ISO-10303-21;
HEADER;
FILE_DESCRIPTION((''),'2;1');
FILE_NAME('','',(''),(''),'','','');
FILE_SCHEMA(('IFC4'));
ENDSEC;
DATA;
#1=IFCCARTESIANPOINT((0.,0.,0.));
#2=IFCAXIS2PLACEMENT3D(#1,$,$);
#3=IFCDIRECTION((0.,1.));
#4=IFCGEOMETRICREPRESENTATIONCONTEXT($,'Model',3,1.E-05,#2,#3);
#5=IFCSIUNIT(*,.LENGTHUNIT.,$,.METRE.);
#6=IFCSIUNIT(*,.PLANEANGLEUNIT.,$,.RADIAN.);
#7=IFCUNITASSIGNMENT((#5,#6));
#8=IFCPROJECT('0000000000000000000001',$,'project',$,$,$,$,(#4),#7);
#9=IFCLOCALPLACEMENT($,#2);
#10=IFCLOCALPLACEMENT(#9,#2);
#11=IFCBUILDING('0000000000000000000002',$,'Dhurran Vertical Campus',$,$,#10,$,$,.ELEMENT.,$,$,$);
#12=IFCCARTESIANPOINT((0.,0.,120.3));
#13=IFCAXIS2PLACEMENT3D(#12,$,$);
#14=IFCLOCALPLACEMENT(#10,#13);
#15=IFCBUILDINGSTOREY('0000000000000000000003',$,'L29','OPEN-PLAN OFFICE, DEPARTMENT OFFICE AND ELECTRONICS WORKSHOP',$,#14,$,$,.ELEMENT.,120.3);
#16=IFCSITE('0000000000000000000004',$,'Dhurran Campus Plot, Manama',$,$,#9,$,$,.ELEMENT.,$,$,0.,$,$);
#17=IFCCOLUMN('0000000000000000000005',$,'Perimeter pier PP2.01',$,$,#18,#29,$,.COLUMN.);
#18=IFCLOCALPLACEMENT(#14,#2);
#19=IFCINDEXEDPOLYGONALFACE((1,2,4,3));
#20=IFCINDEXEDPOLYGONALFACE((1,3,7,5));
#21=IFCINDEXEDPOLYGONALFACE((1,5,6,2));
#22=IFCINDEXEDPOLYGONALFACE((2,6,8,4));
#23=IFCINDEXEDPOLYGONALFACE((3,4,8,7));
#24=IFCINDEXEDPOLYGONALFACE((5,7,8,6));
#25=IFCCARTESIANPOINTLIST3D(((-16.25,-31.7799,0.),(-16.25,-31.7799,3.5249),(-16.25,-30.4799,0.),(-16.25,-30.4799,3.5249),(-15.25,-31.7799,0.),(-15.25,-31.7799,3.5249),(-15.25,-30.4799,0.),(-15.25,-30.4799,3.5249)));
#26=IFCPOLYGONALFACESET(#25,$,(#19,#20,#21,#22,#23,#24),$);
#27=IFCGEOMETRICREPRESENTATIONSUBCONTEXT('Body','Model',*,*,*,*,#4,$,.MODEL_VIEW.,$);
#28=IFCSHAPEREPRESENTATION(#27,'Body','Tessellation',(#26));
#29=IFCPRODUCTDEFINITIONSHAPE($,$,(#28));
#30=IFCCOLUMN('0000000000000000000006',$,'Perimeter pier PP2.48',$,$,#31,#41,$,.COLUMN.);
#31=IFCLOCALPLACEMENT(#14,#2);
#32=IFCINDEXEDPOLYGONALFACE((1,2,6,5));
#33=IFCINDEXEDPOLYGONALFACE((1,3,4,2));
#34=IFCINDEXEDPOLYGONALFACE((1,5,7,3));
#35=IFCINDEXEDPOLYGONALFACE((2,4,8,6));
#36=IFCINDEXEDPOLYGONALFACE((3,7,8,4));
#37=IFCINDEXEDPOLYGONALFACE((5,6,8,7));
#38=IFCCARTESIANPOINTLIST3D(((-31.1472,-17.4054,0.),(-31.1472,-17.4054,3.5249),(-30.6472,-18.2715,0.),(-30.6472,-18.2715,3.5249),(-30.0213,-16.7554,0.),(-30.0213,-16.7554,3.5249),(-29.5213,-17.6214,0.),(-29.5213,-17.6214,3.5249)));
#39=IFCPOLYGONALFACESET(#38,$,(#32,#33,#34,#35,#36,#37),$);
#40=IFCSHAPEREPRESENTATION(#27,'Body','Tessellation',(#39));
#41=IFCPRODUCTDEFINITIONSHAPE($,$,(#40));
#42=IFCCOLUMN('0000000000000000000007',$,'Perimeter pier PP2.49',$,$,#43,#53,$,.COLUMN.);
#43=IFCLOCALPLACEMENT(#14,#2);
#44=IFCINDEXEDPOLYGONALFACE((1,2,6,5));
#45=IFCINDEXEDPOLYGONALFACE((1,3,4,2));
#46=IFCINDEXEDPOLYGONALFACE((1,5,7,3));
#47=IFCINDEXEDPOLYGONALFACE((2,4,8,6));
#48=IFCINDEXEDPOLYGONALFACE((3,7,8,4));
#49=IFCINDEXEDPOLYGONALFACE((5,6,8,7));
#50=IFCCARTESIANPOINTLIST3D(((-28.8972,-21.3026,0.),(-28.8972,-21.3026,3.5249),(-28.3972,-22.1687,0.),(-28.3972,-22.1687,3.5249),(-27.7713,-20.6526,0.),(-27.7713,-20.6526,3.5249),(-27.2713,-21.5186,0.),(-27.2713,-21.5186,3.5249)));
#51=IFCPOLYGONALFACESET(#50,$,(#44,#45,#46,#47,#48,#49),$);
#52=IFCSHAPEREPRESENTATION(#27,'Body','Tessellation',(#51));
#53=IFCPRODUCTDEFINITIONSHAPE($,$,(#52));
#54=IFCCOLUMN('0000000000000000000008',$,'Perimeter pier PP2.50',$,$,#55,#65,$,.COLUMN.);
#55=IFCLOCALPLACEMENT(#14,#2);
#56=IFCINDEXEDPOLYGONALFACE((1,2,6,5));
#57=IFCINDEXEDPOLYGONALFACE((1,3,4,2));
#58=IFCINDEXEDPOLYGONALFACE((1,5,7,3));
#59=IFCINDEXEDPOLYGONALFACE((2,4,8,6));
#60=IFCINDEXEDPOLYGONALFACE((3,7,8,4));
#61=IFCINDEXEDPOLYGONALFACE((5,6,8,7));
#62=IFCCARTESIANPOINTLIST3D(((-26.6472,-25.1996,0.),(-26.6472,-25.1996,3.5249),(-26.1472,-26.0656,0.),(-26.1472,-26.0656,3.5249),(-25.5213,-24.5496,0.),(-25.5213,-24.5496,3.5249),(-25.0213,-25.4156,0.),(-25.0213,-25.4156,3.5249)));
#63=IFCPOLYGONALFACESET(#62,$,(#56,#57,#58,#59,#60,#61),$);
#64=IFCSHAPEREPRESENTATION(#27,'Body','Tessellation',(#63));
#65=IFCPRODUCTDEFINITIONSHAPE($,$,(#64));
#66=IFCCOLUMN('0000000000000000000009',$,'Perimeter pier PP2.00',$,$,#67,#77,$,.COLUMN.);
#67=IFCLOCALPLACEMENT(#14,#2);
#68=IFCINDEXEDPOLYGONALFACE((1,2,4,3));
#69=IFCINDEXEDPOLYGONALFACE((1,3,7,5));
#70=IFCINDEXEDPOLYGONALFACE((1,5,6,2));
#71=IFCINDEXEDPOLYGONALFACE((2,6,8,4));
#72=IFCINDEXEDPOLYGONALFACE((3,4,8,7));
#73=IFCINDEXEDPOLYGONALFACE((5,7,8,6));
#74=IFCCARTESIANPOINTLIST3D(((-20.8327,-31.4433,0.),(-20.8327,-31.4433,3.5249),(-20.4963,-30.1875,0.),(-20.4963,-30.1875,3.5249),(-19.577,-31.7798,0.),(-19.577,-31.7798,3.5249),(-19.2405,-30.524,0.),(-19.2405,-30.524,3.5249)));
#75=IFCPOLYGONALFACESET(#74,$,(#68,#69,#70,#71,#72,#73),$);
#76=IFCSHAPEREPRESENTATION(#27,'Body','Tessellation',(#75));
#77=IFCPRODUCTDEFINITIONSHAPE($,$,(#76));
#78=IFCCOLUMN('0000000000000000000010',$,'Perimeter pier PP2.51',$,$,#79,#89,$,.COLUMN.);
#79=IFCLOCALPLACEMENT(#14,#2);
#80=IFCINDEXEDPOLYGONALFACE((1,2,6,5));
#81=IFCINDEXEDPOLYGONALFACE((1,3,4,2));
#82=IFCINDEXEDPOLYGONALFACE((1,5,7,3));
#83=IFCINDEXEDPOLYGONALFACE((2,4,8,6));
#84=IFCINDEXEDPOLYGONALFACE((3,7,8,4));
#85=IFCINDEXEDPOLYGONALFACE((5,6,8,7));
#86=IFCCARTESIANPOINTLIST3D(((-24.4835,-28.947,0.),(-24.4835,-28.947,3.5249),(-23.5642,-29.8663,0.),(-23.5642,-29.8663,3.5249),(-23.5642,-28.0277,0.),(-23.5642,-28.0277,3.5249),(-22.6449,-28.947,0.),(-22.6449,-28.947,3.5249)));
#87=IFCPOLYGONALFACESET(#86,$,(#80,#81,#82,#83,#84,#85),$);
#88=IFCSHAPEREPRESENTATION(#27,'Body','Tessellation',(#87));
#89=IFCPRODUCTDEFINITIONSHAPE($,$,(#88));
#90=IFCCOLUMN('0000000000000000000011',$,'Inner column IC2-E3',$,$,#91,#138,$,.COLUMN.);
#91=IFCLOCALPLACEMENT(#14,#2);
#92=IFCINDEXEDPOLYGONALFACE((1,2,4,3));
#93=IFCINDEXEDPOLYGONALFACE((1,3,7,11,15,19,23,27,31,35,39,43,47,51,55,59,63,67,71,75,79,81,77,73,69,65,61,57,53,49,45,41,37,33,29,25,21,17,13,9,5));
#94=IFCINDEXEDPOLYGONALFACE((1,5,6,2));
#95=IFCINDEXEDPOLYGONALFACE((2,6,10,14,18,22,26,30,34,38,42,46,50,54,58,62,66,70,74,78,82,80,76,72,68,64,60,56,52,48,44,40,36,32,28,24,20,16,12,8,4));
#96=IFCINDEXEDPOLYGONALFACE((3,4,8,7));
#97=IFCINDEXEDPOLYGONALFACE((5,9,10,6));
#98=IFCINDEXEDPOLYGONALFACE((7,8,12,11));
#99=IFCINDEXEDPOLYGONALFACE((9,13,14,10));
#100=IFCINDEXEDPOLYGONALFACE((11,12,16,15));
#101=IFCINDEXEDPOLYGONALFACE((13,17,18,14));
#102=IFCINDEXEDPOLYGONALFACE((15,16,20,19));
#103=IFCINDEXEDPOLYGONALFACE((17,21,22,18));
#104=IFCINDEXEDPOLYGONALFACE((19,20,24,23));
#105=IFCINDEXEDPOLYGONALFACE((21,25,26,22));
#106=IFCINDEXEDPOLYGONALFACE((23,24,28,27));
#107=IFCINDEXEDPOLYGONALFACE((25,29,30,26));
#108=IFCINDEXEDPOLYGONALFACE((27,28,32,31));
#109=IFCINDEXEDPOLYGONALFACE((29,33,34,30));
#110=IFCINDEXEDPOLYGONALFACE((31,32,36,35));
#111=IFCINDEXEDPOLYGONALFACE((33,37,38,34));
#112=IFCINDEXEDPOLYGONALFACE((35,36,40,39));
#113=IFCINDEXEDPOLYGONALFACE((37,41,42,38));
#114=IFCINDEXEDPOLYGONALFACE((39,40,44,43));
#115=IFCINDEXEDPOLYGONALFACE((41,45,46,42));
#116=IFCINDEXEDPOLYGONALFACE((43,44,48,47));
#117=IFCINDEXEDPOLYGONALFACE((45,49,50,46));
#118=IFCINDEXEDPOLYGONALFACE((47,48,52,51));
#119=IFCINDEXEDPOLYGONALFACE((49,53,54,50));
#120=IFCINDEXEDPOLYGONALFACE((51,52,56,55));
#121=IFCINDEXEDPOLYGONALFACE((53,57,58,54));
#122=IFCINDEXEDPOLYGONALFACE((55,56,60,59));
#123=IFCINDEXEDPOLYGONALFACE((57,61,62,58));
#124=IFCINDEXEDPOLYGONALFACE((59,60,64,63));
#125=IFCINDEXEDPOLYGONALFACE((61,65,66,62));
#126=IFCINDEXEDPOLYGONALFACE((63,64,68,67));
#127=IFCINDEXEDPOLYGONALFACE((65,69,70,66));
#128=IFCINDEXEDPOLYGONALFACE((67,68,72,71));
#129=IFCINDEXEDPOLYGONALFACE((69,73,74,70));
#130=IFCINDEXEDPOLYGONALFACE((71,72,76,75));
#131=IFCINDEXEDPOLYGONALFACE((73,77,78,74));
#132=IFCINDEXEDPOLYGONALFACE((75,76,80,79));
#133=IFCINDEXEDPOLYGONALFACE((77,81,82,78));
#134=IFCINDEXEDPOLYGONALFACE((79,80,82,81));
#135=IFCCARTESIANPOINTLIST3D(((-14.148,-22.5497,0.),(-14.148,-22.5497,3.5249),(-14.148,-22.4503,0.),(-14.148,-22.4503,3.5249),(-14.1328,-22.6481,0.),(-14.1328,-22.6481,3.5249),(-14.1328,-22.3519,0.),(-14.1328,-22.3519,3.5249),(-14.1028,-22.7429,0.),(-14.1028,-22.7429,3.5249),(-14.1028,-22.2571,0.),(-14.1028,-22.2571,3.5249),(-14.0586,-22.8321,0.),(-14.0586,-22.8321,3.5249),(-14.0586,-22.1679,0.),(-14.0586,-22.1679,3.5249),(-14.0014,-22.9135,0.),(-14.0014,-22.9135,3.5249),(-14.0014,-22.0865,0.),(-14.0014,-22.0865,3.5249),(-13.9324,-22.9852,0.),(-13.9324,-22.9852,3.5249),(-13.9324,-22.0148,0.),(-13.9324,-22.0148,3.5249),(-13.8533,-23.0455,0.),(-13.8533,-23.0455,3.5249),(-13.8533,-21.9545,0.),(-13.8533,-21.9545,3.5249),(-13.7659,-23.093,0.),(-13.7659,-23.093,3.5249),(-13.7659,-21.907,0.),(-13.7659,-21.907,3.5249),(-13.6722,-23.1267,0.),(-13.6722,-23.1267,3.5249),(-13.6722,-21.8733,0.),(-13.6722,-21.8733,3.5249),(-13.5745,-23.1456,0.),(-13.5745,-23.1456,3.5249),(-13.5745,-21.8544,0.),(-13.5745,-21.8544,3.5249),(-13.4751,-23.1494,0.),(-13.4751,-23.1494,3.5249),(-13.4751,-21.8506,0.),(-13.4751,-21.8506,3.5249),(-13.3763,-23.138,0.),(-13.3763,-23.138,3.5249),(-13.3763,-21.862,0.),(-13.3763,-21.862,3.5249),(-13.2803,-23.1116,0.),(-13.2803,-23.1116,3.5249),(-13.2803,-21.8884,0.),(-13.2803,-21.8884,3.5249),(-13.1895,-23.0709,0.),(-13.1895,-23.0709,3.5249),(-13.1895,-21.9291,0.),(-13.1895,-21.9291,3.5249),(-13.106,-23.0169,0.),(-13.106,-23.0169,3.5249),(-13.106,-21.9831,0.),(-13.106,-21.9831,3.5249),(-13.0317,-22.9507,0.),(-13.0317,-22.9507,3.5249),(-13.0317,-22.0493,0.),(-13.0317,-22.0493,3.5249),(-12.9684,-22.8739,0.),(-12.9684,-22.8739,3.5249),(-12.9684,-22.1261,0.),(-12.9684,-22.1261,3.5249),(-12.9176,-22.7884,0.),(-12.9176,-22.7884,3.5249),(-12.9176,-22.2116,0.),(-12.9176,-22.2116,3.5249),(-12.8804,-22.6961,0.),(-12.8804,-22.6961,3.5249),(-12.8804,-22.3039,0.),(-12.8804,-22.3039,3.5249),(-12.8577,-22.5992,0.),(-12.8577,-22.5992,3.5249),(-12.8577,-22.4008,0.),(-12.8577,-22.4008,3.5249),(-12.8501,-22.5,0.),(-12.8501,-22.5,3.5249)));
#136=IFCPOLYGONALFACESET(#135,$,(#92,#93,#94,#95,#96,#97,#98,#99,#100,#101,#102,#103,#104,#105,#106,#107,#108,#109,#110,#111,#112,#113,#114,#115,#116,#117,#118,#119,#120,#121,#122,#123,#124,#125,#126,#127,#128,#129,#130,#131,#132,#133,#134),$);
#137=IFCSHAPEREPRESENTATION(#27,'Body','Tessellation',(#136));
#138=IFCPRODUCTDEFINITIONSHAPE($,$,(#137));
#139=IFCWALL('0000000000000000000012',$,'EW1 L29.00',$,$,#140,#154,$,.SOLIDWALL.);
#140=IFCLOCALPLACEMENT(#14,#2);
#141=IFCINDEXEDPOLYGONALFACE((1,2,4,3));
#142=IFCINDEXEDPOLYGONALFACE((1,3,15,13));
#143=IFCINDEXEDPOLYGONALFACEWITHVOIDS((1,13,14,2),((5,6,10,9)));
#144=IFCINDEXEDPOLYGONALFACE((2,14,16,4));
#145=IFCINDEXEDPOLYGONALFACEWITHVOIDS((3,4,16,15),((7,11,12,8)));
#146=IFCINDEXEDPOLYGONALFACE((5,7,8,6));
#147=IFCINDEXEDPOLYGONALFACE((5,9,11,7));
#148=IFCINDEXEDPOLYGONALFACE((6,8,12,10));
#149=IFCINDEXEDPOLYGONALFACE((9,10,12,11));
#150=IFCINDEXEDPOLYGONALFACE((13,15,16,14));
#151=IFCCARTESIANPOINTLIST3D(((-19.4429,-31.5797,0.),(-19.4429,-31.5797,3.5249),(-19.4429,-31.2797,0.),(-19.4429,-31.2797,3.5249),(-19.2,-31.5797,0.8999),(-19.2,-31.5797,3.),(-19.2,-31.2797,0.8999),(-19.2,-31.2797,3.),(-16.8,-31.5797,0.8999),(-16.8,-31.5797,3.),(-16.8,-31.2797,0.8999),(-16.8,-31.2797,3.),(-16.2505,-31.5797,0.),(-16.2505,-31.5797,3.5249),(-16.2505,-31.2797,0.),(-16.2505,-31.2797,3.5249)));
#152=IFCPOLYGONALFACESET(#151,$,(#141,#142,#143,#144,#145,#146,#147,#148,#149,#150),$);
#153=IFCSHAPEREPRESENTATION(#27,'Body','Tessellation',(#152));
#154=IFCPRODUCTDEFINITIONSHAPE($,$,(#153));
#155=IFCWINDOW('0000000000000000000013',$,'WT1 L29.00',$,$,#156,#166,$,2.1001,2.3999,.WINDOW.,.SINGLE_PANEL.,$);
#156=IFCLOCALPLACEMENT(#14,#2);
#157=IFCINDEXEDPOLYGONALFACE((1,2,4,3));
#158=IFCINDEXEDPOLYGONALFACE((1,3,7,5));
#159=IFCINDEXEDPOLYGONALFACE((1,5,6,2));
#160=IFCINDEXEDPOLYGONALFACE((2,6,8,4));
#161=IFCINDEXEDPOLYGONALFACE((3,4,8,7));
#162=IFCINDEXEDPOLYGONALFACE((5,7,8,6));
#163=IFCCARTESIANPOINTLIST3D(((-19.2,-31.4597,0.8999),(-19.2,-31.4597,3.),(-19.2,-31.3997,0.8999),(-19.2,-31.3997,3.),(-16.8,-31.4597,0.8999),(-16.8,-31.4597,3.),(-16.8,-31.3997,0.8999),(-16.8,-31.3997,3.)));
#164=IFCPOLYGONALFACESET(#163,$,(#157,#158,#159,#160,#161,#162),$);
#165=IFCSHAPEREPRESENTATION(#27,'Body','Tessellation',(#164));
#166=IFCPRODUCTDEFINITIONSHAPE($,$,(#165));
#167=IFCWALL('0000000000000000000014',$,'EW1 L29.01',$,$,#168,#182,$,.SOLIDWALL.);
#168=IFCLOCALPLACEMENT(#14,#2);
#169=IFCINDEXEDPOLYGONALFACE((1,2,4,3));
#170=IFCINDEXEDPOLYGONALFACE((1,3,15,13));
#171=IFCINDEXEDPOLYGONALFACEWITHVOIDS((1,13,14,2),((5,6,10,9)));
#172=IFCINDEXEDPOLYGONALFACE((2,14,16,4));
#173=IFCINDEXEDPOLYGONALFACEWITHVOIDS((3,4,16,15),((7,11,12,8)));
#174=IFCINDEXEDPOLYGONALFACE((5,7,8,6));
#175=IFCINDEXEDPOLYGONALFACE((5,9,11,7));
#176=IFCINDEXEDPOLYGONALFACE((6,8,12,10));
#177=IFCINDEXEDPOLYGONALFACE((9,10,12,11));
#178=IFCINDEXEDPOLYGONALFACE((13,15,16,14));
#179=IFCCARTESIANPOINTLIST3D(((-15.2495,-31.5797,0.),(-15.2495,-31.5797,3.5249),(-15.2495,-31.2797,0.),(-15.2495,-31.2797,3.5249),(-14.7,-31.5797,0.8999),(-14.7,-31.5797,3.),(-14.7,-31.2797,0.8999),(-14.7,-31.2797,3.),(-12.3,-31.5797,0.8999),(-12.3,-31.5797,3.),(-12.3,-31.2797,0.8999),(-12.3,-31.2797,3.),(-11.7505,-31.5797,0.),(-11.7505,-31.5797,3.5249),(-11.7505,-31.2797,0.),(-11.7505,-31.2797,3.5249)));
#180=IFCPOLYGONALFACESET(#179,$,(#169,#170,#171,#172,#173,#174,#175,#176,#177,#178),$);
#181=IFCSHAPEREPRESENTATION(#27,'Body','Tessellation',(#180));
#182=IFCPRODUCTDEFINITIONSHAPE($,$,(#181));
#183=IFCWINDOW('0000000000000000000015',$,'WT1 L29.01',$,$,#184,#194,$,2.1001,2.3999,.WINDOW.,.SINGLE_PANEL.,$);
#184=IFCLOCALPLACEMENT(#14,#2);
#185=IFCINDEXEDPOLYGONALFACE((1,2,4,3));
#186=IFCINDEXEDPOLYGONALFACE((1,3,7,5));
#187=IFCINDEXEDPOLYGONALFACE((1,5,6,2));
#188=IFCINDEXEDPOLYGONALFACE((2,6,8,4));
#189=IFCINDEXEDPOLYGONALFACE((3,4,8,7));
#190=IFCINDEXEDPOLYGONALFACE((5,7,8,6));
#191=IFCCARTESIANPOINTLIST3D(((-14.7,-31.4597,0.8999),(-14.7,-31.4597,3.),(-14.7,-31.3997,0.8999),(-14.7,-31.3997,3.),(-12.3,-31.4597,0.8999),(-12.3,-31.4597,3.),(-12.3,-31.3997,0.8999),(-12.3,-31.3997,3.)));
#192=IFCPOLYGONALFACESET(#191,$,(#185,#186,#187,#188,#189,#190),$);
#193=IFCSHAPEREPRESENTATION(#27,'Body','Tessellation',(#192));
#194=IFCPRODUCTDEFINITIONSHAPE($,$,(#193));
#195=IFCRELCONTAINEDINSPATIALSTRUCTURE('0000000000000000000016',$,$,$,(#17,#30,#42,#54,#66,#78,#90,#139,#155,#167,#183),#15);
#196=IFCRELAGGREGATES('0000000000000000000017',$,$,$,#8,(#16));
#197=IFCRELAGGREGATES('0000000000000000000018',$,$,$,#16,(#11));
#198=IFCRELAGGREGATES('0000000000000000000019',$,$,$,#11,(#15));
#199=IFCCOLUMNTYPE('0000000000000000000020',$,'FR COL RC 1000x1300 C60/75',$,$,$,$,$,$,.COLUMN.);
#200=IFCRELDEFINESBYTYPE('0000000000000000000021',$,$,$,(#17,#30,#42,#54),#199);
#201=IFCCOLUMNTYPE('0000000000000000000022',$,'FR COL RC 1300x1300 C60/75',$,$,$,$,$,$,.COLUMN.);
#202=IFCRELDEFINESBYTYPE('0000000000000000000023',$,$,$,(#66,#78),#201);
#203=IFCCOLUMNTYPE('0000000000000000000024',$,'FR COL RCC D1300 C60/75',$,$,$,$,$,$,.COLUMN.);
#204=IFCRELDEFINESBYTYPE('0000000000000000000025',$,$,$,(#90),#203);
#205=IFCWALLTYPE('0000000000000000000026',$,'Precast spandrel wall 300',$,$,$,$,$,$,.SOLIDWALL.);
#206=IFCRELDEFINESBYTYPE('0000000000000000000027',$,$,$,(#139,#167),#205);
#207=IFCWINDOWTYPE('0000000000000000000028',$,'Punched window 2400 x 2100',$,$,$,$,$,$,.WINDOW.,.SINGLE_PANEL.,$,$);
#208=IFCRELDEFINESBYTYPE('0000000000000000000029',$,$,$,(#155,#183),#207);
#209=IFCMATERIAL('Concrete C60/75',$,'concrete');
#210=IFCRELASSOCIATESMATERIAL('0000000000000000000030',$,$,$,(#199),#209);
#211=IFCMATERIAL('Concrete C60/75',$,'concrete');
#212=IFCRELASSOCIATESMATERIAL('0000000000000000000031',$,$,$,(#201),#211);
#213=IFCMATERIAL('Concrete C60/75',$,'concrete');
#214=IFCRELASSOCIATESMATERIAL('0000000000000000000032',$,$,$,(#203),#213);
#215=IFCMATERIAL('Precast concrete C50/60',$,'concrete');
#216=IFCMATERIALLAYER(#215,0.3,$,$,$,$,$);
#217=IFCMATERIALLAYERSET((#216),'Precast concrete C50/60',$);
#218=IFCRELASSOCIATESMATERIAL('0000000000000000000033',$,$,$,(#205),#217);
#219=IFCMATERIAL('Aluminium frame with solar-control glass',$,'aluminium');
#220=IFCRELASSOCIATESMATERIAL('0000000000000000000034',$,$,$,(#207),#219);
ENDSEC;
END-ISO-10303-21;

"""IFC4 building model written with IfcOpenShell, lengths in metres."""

from ifc_helpers import new_model, si_unit, direction, frame, frame_2d, origin, origin_2d, place, context, subcontext, project, spatial, rectangle, circle, extrude, material, layer, layer_set, material_profile, profile_set, type_object, element, fill, save


model = new_model("IFC4")

# Units and contexts
model_context = context("Model", 3, precision=1e-05, world=origin(), true_north=direction((0.0, 1.0)))
body_context = subcontext(model_context, "Body", "Model", "MODEL_VIEW")
ifc_project = project(units=[si_unit("LENGTHUNIT", "METRE"), si_unit("PLANEANGLEUNIT", "RADIAN")], contexts=[model_context])

# Site, building, storey
site_placement = place(None, origin())
site = spatial("IfcSite", under=ifc_project, at=site_placement, Name="Dhurran Campus Plot, Manama", CompositionType="ELEMENT", RefElevation=0.0)
building_placement = place(site_placement, origin())
building = spatial("IfcBuilding", under=site, at=building_placement, Name="Dhurran Vertical Campus", CompositionType="ELEMENT")
storey_placement = place(building_placement, frame((0.0, 0.0, 120.3)))
storey = spatial("IfcBuildingStorey", under=building, at=storey_placement, Name="L29", Description="OPEN-PLAN OFFICE, DEPARTMENT OFFICE AND ELECTRONICS WORKSHOP", CompositionType="ELEMENT", Elevation=120.3)

# Columns
ifc_material_1 = material(Name="Concrete C60/75", Category="concrete")
ifc_material_profile_1 = material_profile(ifc_material_1, rectangle(XDim=1.0, YDim=1.3, at=origin_2d()), Name="RC 1000x1300")
ifc_profile_set_1 = profile_set([ifc_material_profile_1], Name="Concrete C60/75")
column_type_1 = type_object("IfcColumnType", Name="FR COL RC 1000x1300 C60/75", PredefinedType="COLUMN", material=ifc_profile_set_1)
for number, where, z_axis, x_axis, name in (
    (1, (-15.75, -31.1299, 0.0), (0.0, 0.0, 1.0), (1.0, 0.0, 0.0), "Perimeter pier PP2.01"),
    (2, (-30.3342, -17.5134, 0.0), (0.0, 0.0, 1.0), (0.5, -0.866025, 0.0), "Perimeter pier PP2.48"),
    (3, (-28.0842, -21.4106, 0.0), (0.0, 0.0, 1.0), (0.5, -0.866025, 0.0), "Perimeter pier PP2.49"),
    (4, (-25.8342, -25.3076, 0.0), (0.0, 0.0, 1.0), (0.5, -0.866025, 0.0), "Perimeter pier PP2.50"),
):
    element("IfcColumn", number, at=place(storey_placement, frame(where, z_axis=z_axis, x_axis=x_axis)), inside=storey, type_object=column_type_1, Name=name, PredefinedType="COLUMN", context=body_context, shape_type="SweptSolid", body=[
        extrude(rectangle(XDim=1.0, YDim=1.3, at=origin_2d()), origin(), (0.0, 0.0, 1.0), 3.5249),
    ])
ifc_material_2 = material(Name="Concrete C60/75", Category="concrete")
ifc_material_profile_2 = material_profile(ifc_material_2, rectangle(XDim=1.3, YDim=1.3, at=origin_2d()), Name="RC 1300x1300")
ifc_profile_set_2 = profile_set([ifc_material_profile_2], Name="Concrete C60/75")
column_type_2 = type_object("IfcColumnType", Name="FR COL RC 1300x1300 C60/75", PredefinedType="COLUMN", material=ifc_profile_set_2)
for number, where, z_axis, x_axis, name in (
    (5, (-20.0366, -30.9836, 0.0), (0.0, 0.0, 1.0), (0.965926, -0.258819, 0.0), "Perimeter pier PP2.00"),
    (6, (-23.5642, -28.947, 0.0), (0.0, 0.0, 1.0), (0.707107, -0.707107, 0.0), "Perimeter pier PP2.51"),
):
    element("IfcColumn", number, at=place(storey_placement, frame(where, z_axis=z_axis, x_axis=x_axis)), inside=storey, type_object=column_type_2, Name=name, PredefinedType="COLUMN", context=body_context, shape_type="SweptSolid", body=[
        extrude(rectangle(XDim=1.3, YDim=1.3, at=origin_2d()), origin(), (0.0, 0.0, 1.0), 3.5249),
    ])
ifc_material_3 = material(Name="Concrete C60/75", Category="concrete")
ifc_material_profile_3 = material_profile(ifc_material_3, circle(Radius=0.6499, at=origin_2d()), Name="RCC D1300")
ifc_profile_set_3 = profile_set([ifc_material_profile_3], Name="Concrete C60/75")
column_type_3 = type_object("IfcColumnType", Name="FR COL RCC D1300 C60/75", PredefinedType="COLUMN", material=ifc_profile_set_3)
column_placement = place(storey_placement, frame((-13.5, -22.5, 0.0), z_axis=(0.0, 0.0, 1.0), x_axis=(1.0, 0.0, 0.0)))
element("IfcColumn", 7, at=column_placement, inside=storey, type_object=column_type_3, Name="Inner column IC2-E3", PredefinedType="COLUMN", context=body_context, shape_type="SweptSolid", body=[
    extrude(circle(Radius=0.6499, at=origin_2d()), origin(), (0.0, 0.0, 1.0), 3.5249),
])

# Walls, openings, windows
ifc_material_4 = material(Name="Precast concrete C50/60", Category="concrete")
ifc_layer_1 = layer(ifc_material_4, 0.3)
ifc_layer_set_1 = layer_set([ifc_layer_1], Name="Precast concrete C50/60")
wall_type_1 = type_object("IfcWallType", Name="Precast spandrel wall 300", PredefinedType="SOLIDWALL", material=ifc_layer_set_1)
wall_1_placement = place(storey_placement, frame((-19.4429, -31.4297, 0.0), z_axis=(0.0, 0.0, 1.0), x_axis=(1.0, 0.0, 0.0)))
wall_1 = element("IfcWall", 8, at=wall_1_placement, inside=storey, type_object=wall_type_1, Name="EW1 L29.00", PredefinedType="SOLIDWALL", context=body_context, shape_type="SweptSolid", body=[
    extrude(rectangle(XDim=3.1924, YDim=0.3, at=frame_2d((1.5962, 0.0))), origin(), (0.0, 0.0, 1.0), 3.5249),
])
opening_1_placement = place(wall_1_placement, frame((0.2429, 0.0, 0.8999)))
opening_1 = element("IfcOpeningElement", 9, at=opening_1_placement, cuts=wall_1, PredefinedType="OPENING", context=body_context, shape_type="SweptSolid", body=[
    extrude(rectangle(XDim=2.3999, YDim=2.1001, at=frame_2d((1.2, 1.05))), frame((0.0, 0.1599, 0.0), z_axis=(0.0, -1.0, 0.0), x_axis=(1.0, 0.0, 0.0)), (0.0, 0.0, 1.0), 0.3201),
])
ifc_material_5 = material(Name="Aluminium frame with solar-control glass", Category="aluminium")
window_type = type_object("IfcWindowType", Name="Punched window 2400 x 2100", PartitioningType="SINGLE_PANEL", PredefinedType="WINDOW", material=ifc_material_5)
window_1_placement = place(opening_1_placement, origin())
window_1 = element("IfcWindow", 10, at=window_1_placement, inside=storey, type_object=window_type, Name="WT1 L29.00", OverallHeight=2.1001, OverallWidth=2.3999, PartitioningType="SINGLE_PANEL", PredefinedType="WINDOW", context=body_context, shape_type="SweptSolid", body=[
    extrude(rectangle(XDim=2.3999, YDim=2.1001, at=frame_2d((1.2, 1.05))), frame((0.0, 0.03, 0.0), z_axis=(0.0, -1.0, 0.0), x_axis=(1.0, 0.0, 0.0)), (0.0, 0.0, 1.0), 0.0601),
])
fill(opening_1, window_1)
wall_2_placement = place(storey_placement, frame((-15.2495, -31.4297, 0.0), z_axis=(0.0, 0.0, 1.0), x_axis=(1.0, 0.0, 0.0)))
wall_2 = element("IfcWall", 11, at=wall_2_placement, inside=storey, type_object=wall_type_1, Name="EW1 L29.01", PredefinedType="SOLIDWALL", context=body_context, shape_type="SweptSolid", body=[
    extrude(rectangle(XDim=3.499, YDim=0.3, at=frame_2d((1.7495, 0.0))), origin(), (0.0, 0.0, 1.0), 3.5249),
])
opening_2_placement = place(wall_2_placement, frame((0.5496, 0.0, 0.8999)))
opening_2 = element("IfcOpeningElement", 12, at=opening_2_placement, cuts=wall_2, PredefinedType="OPENING", context=body_context, shape_type="SweptSolid", body=[
    extrude(rectangle(XDim=2.3999, YDim=2.1001, at=frame_2d((1.2, 1.05))), frame((0.0, 0.1599, 0.0), z_axis=(0.0, -1.0, 0.0), x_axis=(1.0, 0.0, 0.0)), (0.0, 0.0, 1.0), 0.3201),
])
window_2_placement = place(opening_2_placement, origin())
window_2 = element("IfcWindow", 13, at=window_2_placement, inside=storey, type_object=window_type, Name="WT1 L29.01", OverallHeight=2.1001, OverallWidth=2.3999, PartitioningType="SINGLE_PANEL", PredefinedType="WINDOW", context=body_context, shape_type="SweptSolid", body=[
    extrude(rectangle(XDim=2.3999, YDim=2.1001, at=frame_2d((1.2, 1.05))), frame((0.0, 0.03, 0.0), z_axis=(0.0, -1.0, 0.0), x_axis=(1.0, 0.0, 0.0)), (0.0, 0.0, 1.0), 0.0601),
])
fill(opening_2, window_2)

save(model, "model.ifc")
